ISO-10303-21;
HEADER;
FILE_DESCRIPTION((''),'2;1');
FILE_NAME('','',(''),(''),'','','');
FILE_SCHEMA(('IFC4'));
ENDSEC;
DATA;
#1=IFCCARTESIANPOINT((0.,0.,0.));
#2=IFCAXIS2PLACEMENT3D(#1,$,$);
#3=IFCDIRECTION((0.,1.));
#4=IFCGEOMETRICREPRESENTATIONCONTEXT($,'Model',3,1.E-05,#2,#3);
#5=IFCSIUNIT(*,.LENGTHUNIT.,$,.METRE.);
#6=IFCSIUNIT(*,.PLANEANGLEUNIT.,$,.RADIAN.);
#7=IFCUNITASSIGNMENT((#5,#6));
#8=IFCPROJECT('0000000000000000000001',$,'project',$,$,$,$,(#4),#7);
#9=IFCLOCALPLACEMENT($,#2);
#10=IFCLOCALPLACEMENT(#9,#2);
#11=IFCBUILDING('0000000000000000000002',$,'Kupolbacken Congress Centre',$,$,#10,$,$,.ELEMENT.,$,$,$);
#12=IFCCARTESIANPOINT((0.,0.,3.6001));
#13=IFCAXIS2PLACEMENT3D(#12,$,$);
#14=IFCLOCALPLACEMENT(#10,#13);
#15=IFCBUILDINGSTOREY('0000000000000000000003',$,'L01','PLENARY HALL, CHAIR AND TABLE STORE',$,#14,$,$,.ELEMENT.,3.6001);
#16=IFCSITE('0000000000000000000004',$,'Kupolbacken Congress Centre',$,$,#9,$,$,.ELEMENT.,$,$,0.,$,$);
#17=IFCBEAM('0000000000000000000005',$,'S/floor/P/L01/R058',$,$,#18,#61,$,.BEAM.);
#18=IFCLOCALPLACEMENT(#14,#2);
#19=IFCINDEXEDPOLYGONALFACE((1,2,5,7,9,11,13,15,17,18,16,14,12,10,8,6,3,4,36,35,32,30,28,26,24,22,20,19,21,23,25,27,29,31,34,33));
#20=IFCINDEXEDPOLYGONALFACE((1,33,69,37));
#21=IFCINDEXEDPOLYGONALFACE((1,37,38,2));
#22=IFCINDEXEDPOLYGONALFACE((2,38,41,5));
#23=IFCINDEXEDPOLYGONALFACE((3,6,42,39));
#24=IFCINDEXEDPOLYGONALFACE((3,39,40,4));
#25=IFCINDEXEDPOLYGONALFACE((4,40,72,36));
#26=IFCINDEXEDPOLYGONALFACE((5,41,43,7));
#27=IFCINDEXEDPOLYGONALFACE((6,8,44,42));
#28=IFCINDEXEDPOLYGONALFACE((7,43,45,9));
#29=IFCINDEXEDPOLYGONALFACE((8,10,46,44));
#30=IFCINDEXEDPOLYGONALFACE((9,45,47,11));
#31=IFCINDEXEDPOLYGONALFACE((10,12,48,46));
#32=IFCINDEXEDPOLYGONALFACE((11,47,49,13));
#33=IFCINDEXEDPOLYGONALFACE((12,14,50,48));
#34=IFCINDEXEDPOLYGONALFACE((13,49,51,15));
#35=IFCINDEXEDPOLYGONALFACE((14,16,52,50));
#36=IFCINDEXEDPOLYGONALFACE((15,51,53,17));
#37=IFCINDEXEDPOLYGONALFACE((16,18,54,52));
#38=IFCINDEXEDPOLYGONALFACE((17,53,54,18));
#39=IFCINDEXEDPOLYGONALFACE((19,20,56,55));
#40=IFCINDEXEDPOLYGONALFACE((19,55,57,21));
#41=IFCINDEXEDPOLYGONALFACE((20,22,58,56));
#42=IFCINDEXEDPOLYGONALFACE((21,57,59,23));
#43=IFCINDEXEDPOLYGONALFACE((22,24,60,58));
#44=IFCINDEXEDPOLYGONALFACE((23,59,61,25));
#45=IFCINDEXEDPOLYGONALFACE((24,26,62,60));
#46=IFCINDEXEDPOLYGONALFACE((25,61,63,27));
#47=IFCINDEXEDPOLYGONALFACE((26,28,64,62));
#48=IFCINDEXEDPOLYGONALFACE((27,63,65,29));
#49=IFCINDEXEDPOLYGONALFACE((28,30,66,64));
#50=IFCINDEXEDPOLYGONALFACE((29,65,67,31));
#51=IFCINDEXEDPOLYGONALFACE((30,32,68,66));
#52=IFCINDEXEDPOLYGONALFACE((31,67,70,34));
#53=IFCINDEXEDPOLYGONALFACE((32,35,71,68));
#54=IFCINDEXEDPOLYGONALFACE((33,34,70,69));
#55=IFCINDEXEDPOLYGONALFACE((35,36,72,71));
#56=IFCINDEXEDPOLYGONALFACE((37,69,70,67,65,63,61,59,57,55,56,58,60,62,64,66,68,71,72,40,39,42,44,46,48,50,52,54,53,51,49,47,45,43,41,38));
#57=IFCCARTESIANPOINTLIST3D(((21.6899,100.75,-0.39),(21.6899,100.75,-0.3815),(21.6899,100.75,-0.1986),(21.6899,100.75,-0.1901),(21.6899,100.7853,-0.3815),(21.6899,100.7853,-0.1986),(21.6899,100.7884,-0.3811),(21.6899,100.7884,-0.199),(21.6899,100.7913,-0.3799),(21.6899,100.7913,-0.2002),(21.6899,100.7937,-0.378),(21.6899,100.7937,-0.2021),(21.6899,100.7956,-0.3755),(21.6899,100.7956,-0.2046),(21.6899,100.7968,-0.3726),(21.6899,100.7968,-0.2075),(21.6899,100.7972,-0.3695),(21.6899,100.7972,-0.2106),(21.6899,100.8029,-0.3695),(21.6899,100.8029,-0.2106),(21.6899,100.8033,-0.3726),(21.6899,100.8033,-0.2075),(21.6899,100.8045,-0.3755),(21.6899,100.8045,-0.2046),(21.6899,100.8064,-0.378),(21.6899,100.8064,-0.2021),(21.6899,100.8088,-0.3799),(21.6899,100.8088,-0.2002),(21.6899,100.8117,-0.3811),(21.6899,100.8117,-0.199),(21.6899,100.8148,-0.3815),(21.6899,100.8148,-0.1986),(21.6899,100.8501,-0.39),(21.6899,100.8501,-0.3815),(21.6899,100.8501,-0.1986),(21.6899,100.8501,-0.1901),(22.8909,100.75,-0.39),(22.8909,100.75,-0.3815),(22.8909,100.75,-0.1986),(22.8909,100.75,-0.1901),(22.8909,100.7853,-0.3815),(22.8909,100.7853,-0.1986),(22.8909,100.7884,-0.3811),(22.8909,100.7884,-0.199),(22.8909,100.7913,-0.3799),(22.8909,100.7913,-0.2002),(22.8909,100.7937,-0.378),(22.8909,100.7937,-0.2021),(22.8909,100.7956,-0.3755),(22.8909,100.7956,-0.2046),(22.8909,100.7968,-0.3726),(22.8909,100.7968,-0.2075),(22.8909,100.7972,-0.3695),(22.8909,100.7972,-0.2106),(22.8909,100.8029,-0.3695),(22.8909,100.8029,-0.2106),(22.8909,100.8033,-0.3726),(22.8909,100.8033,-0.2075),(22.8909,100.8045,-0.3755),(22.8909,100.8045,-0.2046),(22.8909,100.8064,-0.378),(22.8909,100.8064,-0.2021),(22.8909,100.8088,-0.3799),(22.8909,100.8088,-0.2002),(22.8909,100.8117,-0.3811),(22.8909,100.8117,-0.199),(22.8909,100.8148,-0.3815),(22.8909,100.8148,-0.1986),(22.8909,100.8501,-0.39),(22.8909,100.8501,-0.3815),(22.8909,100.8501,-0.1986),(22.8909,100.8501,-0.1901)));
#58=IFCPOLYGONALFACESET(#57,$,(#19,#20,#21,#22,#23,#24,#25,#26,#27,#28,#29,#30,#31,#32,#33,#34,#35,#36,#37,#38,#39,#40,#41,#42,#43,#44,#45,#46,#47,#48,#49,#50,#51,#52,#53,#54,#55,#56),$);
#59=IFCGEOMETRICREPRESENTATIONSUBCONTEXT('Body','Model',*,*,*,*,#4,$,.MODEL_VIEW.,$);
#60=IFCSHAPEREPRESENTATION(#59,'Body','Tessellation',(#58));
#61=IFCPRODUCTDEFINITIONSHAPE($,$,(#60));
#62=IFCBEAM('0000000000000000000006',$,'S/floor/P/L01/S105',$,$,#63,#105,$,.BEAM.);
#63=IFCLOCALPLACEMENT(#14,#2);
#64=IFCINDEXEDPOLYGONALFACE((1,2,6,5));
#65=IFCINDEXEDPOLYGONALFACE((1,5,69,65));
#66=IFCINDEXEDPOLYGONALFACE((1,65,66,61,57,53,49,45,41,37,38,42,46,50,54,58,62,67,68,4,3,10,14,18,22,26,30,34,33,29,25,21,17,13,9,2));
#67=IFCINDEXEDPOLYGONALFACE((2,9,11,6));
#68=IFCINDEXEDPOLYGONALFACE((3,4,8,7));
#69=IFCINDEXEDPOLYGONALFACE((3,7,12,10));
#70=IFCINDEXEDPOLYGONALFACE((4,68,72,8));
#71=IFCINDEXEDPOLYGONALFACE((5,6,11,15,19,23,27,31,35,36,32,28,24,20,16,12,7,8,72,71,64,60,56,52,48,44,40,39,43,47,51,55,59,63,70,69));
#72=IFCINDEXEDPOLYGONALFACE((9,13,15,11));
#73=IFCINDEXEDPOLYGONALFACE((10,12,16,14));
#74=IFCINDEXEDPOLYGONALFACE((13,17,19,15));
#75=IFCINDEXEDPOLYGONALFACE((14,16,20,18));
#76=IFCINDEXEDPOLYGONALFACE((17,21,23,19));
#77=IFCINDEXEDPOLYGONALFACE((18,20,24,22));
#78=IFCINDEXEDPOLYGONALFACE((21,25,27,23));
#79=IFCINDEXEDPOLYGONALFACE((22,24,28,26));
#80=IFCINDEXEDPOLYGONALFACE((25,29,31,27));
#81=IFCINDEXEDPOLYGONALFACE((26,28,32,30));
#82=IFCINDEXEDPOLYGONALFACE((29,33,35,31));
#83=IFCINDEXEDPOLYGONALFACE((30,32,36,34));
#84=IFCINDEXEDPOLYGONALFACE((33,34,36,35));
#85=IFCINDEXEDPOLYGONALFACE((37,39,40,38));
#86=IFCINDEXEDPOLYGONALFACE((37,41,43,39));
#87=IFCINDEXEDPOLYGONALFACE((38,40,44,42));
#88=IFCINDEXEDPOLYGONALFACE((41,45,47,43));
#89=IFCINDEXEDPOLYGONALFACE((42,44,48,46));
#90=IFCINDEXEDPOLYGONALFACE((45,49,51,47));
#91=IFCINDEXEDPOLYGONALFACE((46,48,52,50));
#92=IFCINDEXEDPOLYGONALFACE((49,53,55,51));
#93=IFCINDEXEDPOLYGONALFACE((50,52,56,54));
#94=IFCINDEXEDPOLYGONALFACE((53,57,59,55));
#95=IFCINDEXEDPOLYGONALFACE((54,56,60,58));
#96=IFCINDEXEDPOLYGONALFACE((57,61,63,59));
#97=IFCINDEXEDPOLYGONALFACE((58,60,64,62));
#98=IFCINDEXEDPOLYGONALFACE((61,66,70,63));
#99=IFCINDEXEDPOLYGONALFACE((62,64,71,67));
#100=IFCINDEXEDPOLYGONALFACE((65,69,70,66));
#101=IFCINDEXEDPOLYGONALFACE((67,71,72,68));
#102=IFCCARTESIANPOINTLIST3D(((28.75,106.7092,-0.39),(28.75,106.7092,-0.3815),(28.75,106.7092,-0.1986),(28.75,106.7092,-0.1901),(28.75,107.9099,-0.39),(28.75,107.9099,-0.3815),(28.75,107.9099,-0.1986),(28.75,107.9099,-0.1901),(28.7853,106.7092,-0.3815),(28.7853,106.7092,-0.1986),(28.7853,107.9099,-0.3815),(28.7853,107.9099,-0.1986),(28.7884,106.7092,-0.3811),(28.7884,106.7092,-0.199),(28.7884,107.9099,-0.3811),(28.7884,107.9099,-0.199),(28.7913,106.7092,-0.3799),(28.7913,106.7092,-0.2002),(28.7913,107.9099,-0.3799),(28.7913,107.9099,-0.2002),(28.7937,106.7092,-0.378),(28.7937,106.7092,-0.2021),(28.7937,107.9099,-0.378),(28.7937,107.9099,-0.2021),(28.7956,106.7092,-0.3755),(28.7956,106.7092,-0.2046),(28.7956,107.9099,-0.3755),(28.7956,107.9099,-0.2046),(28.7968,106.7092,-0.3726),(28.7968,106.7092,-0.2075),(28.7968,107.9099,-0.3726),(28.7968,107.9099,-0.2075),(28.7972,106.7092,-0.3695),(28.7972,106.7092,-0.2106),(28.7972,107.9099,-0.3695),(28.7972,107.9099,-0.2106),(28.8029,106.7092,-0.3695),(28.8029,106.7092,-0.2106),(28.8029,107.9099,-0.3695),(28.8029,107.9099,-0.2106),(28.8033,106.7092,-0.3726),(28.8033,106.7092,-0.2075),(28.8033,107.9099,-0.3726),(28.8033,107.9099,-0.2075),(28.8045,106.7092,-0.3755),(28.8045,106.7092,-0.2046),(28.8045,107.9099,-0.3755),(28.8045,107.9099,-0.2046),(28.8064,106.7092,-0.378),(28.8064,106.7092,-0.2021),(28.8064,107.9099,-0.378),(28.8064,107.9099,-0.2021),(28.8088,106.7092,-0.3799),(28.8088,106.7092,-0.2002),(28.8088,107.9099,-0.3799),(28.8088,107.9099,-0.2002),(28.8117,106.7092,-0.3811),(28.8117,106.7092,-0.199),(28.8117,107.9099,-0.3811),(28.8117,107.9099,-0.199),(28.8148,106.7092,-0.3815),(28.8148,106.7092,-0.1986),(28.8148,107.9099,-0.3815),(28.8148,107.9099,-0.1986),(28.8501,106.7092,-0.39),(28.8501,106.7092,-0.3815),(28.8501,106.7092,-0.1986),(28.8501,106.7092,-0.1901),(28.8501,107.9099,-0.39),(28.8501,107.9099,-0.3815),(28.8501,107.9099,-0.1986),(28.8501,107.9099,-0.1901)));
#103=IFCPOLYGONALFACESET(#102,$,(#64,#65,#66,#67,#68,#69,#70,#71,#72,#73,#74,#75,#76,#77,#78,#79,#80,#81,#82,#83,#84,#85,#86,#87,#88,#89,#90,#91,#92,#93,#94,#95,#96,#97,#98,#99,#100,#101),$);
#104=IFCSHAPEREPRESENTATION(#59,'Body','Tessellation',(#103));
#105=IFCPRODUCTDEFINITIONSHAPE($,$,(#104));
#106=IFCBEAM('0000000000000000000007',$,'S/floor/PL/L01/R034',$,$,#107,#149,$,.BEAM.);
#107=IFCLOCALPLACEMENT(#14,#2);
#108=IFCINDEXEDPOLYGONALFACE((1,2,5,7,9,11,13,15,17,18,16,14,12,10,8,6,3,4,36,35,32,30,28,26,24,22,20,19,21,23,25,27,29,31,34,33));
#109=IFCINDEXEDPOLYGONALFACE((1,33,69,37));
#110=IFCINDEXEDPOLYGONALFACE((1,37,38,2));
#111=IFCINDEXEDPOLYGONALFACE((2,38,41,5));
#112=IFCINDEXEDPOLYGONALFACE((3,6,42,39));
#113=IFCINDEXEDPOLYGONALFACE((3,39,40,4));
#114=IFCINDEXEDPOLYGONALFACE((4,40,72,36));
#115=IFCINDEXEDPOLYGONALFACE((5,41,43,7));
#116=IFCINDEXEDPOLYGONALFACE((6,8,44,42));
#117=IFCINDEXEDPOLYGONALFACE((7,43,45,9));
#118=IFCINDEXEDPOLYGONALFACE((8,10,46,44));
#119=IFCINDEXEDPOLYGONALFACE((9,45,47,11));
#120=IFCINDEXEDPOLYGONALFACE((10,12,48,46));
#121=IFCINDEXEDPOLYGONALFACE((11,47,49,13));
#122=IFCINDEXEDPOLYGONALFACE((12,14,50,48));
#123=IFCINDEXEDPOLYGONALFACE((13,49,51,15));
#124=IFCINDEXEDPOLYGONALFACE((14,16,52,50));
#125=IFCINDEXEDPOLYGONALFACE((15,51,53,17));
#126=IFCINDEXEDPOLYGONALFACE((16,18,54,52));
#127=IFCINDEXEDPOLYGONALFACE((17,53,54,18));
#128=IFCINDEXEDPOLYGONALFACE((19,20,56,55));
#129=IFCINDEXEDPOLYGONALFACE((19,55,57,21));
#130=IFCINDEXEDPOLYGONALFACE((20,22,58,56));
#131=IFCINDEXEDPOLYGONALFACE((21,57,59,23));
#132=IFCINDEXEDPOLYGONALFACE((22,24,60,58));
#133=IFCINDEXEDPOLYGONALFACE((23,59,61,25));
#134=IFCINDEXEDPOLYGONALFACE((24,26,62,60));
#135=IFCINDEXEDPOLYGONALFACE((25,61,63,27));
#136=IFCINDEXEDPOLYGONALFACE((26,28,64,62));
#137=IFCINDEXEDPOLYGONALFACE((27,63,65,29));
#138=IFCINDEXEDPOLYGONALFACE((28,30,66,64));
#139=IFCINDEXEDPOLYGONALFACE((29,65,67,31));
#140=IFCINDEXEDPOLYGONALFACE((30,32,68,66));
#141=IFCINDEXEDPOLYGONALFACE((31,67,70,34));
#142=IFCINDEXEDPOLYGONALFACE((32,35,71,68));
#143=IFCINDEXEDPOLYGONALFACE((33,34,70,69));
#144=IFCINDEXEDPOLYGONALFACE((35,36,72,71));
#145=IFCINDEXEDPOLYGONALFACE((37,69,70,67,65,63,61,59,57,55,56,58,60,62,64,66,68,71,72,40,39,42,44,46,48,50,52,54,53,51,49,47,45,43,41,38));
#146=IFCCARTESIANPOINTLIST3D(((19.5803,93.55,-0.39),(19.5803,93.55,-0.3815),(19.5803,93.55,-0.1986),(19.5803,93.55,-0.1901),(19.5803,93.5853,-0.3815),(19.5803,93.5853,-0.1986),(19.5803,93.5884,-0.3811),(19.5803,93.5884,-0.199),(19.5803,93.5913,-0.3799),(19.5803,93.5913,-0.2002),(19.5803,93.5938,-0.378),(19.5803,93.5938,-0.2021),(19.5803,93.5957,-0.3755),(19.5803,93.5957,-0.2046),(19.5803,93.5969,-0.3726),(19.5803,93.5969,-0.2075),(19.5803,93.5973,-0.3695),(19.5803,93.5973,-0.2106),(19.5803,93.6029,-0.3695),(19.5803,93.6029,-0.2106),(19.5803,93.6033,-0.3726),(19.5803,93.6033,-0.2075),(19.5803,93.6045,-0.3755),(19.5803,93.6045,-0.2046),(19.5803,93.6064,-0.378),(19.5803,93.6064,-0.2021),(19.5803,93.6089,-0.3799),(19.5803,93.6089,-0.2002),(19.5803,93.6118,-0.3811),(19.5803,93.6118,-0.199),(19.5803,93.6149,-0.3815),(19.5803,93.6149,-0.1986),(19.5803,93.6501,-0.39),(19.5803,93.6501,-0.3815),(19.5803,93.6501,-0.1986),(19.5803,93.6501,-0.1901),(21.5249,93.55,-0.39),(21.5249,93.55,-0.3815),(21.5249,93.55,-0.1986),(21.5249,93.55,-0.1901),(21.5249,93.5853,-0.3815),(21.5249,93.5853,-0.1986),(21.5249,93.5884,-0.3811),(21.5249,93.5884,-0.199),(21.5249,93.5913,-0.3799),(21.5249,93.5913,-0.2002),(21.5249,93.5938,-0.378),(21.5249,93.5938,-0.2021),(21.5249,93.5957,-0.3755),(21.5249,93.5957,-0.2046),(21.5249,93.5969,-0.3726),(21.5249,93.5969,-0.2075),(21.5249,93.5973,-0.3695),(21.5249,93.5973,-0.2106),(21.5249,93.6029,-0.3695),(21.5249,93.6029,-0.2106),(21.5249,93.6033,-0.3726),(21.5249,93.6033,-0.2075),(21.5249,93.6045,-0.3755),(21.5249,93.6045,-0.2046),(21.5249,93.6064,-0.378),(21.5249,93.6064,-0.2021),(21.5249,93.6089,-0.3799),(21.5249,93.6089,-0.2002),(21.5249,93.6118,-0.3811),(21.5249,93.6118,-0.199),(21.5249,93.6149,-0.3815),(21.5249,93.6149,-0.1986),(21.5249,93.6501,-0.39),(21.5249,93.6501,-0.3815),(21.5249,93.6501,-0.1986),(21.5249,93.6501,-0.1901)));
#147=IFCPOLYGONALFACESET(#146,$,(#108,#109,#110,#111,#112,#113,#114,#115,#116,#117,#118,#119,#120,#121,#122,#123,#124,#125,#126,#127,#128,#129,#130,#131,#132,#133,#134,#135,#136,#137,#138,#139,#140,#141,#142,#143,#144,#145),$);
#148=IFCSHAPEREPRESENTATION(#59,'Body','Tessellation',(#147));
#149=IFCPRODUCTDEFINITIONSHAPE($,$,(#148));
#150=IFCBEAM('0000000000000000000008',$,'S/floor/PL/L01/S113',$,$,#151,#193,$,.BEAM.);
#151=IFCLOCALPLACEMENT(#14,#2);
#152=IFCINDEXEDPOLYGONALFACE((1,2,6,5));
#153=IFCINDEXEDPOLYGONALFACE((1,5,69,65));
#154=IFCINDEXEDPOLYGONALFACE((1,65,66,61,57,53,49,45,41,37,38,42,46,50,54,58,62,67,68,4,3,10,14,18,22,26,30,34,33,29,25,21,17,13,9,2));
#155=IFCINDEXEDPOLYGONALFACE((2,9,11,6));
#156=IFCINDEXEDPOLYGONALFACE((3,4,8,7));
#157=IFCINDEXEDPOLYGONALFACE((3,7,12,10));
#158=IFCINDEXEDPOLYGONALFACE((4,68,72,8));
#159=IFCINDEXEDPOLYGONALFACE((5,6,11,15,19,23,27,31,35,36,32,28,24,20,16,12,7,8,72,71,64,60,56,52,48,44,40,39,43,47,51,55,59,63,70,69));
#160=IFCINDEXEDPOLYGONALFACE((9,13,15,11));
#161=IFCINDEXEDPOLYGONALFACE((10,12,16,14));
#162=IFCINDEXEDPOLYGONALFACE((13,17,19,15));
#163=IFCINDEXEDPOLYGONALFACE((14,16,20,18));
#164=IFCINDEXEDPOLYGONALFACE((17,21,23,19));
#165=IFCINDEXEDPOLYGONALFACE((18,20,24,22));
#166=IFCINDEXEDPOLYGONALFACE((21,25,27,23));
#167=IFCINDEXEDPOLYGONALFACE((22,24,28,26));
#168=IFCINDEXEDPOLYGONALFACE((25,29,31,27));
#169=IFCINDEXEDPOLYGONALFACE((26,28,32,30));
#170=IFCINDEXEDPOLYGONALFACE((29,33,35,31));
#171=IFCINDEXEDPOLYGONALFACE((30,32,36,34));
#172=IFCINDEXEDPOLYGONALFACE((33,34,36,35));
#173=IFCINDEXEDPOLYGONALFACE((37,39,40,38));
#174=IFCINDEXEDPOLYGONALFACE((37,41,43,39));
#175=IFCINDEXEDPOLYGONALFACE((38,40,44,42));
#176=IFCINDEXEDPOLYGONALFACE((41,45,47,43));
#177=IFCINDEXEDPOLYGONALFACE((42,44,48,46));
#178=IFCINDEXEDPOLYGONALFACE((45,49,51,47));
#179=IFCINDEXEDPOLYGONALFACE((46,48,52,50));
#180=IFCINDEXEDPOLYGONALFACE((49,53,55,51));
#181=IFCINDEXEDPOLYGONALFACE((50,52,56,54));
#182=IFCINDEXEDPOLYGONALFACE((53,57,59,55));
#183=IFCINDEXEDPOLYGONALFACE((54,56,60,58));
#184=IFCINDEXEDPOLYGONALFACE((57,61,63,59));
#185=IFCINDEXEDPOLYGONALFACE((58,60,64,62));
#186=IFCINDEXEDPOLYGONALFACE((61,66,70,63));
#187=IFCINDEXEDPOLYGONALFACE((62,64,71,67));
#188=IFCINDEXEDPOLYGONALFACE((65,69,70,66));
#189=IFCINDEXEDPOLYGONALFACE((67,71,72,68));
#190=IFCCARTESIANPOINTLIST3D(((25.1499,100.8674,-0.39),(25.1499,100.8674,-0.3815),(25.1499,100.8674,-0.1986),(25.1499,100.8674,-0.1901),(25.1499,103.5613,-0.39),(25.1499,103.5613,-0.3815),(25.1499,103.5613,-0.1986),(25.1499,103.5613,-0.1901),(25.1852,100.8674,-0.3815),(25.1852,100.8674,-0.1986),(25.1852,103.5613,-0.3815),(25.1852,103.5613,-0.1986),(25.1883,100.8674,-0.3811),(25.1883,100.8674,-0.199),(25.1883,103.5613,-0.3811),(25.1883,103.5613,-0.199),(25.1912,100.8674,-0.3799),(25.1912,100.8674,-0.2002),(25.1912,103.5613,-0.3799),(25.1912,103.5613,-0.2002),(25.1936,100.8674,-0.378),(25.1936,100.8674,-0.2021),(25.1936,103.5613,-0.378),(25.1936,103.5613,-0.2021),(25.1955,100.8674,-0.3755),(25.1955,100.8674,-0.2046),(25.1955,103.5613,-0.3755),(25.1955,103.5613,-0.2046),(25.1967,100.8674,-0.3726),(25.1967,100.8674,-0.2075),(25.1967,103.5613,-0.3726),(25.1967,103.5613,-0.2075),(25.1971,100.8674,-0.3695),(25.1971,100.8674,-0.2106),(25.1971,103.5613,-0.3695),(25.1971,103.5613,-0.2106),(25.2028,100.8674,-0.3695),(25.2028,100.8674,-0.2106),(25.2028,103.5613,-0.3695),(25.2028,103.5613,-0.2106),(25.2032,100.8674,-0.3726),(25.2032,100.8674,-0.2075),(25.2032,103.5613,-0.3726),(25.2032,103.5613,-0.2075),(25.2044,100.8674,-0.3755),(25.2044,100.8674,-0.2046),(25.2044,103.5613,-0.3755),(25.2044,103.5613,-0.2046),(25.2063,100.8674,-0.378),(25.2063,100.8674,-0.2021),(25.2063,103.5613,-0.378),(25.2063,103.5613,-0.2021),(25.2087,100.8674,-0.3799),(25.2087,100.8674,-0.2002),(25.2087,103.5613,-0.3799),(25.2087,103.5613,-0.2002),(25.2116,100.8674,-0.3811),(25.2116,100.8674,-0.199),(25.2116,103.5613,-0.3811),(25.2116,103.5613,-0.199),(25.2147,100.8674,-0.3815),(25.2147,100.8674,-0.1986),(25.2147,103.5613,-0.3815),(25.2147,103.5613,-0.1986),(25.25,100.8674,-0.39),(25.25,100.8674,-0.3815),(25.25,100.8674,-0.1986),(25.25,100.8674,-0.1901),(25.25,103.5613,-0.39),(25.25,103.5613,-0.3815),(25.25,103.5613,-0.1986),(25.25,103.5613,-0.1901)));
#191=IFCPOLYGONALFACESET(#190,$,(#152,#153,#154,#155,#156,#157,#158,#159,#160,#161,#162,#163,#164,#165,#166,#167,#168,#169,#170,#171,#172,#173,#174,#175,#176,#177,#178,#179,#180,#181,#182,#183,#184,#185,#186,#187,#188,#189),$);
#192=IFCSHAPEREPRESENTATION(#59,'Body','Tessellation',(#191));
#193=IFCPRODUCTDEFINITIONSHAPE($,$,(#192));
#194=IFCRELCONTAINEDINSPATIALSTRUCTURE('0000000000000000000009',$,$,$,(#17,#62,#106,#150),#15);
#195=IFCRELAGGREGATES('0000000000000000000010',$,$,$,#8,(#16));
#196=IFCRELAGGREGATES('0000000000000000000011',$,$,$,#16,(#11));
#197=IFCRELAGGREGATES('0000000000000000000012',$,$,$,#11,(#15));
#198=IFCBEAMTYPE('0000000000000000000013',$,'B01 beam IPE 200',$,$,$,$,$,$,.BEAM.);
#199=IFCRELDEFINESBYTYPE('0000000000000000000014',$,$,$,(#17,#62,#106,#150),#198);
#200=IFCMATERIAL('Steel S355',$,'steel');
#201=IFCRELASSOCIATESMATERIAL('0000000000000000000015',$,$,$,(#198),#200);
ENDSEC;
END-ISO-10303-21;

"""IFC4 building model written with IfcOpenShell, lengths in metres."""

from ifc_helpers import new_model, si_unit, direction, frame, origin, origin_2d, place, context, subcontext, project, spatial, i_section, extrude, material, material_profile, profile_set, type_object, element, save


model = new_model("IFC4")

# Units and contexts
model_context = context("Model", 3, precision=1e-05, world=origin(), true_north=direction((0.0, 1.0)))
body_context = subcontext(model_context, "Body", "Model", "MODEL_VIEW")
ifc_project = project(units=[si_unit("LENGTHUNIT", "METRE"), si_unit("PLANEANGLEUNIT", "RADIAN")], contexts=[model_context])

# Site, building, storey
site_placement = place(None, origin())
site = spatial("IfcSite", under=ifc_project, at=site_placement, Name="Kupolbacken Congress Centre", CompositionType="ELEMENT", RefElevation=0.0)
building_placement = place(site_placement, origin())
building = spatial("IfcBuilding", under=site, at=building_placement, Name="Kupolbacken Congress Centre", CompositionType="ELEMENT")
storey_placement = place(building_placement, frame((0.0, 0.0, 3.6001)))
storey = spatial("IfcBuildingStorey", under=building, at=storey_placement, Name="L01", Description="PLENARY HALL, CHAIR AND TABLE STORE", CompositionType="ELEMENT", Elevation=3.6001)

# Beams
ifc_material_1 = material(Name="Steel S355", Category="steel")
ifc_material_profile_1 = material_profile(ifc_material_1, i_section(OverallWidth=0.1001, OverallDepth=0.2, WebThickness=0.0056, FlangeThickness=0.0085, FilletRadius=0.012, at=origin_2d()), Name="IPE 200")
ifc_profile_set_1 = profile_set([ifc_material_profile_1], Name="Steel S355")
beam_type_1 = type_object("IfcBeamType", Name="B01 beam IPE 200", PredefinedType="BEAM", material=ifc_profile_set_1)
beam_1_placement = place(storey_placement, frame((21.6899, 100.8, -0.29), z_axis=(1.0, 0.0, 0.0), x_axis=(0.0, 1.0, 0.0)))
element("IfcBeam", 1, at=beam_1_placement, inside=storey, type_object=beam_type_1, Name="S/floor/P/L01/R058", PredefinedType="BEAM", context=body_context, shape_type="SweptSolid", body=[
    extrude(i_section(OverallWidth=0.1001, OverallDepth=0.2, WebThickness=0.0056, FlangeThickness=0.0085, FilletRadius=0.012, at=origin_2d()), origin(), (0.0, 0.0, 1.0), 1.2009),
])
beam_2_placement = place(storey_placement, frame((28.8, 106.7092, -0.29), z_axis=(0.0, 1.0, 0.0), x_axis=(-1.0, 0.0, 0.0)))
element("IfcBeam", 2, at=beam_2_placement, inside=storey, type_object=beam_type_1, Name="S/floor/P/L01/S105", PredefinedType="BEAM", context=body_context, shape_type="SweptSolid", body=[
    extrude(i_section(OverallWidth=0.1001, OverallDepth=0.2, WebThickness=0.0056, FlangeThickness=0.0085, FilletRadius=0.012, at=origin_2d()), origin(), (0.0, 0.0, 1.0), 1.2007),
])
beam_3_placement = place(storey_placement, frame((19.5803, 93.6001, -0.29), z_axis=(1.0, 0.0, 0.0), x_axis=(0.0, 1.0, 0.0)))
element("IfcBeam", 3, at=beam_3_placement, inside=storey, type_object=beam_type_1, Name="S/floor/PL/L01/R034", PredefinedType="BEAM", context=body_context, shape_type="SweptSolid", body=[
    extrude(i_section(OverallWidth=0.1001, OverallDepth=0.2, WebThickness=0.0056, FlangeThickness=0.0085, FilletRadius=0.012, at=origin_2d()), origin(), (0.0, 0.0, 1.0), 1.9446),
])
beam_4_placement = place(storey_placement, frame((25.2, 100.8674, -0.29), z_axis=(0.0, 1.0, 0.0), x_axis=(-1.0, 0.0, 0.0)))
element("IfcBeam", 4, at=beam_4_placement, inside=storey, type_object=beam_type_1, Name="S/floor/PL/L01/S113", PredefinedType="BEAM", context=body_context, shape_type="SweptSolid", body=[
    extrude(i_section(OverallWidth=0.1001, OverallDepth=0.2, WebThickness=0.0056, FlangeThickness=0.0085, FilletRadius=0.012, at=origin_2d()), origin(), (0.0, 0.0, 1.0), 2.6938),
])

save(model, "model.ifc")
